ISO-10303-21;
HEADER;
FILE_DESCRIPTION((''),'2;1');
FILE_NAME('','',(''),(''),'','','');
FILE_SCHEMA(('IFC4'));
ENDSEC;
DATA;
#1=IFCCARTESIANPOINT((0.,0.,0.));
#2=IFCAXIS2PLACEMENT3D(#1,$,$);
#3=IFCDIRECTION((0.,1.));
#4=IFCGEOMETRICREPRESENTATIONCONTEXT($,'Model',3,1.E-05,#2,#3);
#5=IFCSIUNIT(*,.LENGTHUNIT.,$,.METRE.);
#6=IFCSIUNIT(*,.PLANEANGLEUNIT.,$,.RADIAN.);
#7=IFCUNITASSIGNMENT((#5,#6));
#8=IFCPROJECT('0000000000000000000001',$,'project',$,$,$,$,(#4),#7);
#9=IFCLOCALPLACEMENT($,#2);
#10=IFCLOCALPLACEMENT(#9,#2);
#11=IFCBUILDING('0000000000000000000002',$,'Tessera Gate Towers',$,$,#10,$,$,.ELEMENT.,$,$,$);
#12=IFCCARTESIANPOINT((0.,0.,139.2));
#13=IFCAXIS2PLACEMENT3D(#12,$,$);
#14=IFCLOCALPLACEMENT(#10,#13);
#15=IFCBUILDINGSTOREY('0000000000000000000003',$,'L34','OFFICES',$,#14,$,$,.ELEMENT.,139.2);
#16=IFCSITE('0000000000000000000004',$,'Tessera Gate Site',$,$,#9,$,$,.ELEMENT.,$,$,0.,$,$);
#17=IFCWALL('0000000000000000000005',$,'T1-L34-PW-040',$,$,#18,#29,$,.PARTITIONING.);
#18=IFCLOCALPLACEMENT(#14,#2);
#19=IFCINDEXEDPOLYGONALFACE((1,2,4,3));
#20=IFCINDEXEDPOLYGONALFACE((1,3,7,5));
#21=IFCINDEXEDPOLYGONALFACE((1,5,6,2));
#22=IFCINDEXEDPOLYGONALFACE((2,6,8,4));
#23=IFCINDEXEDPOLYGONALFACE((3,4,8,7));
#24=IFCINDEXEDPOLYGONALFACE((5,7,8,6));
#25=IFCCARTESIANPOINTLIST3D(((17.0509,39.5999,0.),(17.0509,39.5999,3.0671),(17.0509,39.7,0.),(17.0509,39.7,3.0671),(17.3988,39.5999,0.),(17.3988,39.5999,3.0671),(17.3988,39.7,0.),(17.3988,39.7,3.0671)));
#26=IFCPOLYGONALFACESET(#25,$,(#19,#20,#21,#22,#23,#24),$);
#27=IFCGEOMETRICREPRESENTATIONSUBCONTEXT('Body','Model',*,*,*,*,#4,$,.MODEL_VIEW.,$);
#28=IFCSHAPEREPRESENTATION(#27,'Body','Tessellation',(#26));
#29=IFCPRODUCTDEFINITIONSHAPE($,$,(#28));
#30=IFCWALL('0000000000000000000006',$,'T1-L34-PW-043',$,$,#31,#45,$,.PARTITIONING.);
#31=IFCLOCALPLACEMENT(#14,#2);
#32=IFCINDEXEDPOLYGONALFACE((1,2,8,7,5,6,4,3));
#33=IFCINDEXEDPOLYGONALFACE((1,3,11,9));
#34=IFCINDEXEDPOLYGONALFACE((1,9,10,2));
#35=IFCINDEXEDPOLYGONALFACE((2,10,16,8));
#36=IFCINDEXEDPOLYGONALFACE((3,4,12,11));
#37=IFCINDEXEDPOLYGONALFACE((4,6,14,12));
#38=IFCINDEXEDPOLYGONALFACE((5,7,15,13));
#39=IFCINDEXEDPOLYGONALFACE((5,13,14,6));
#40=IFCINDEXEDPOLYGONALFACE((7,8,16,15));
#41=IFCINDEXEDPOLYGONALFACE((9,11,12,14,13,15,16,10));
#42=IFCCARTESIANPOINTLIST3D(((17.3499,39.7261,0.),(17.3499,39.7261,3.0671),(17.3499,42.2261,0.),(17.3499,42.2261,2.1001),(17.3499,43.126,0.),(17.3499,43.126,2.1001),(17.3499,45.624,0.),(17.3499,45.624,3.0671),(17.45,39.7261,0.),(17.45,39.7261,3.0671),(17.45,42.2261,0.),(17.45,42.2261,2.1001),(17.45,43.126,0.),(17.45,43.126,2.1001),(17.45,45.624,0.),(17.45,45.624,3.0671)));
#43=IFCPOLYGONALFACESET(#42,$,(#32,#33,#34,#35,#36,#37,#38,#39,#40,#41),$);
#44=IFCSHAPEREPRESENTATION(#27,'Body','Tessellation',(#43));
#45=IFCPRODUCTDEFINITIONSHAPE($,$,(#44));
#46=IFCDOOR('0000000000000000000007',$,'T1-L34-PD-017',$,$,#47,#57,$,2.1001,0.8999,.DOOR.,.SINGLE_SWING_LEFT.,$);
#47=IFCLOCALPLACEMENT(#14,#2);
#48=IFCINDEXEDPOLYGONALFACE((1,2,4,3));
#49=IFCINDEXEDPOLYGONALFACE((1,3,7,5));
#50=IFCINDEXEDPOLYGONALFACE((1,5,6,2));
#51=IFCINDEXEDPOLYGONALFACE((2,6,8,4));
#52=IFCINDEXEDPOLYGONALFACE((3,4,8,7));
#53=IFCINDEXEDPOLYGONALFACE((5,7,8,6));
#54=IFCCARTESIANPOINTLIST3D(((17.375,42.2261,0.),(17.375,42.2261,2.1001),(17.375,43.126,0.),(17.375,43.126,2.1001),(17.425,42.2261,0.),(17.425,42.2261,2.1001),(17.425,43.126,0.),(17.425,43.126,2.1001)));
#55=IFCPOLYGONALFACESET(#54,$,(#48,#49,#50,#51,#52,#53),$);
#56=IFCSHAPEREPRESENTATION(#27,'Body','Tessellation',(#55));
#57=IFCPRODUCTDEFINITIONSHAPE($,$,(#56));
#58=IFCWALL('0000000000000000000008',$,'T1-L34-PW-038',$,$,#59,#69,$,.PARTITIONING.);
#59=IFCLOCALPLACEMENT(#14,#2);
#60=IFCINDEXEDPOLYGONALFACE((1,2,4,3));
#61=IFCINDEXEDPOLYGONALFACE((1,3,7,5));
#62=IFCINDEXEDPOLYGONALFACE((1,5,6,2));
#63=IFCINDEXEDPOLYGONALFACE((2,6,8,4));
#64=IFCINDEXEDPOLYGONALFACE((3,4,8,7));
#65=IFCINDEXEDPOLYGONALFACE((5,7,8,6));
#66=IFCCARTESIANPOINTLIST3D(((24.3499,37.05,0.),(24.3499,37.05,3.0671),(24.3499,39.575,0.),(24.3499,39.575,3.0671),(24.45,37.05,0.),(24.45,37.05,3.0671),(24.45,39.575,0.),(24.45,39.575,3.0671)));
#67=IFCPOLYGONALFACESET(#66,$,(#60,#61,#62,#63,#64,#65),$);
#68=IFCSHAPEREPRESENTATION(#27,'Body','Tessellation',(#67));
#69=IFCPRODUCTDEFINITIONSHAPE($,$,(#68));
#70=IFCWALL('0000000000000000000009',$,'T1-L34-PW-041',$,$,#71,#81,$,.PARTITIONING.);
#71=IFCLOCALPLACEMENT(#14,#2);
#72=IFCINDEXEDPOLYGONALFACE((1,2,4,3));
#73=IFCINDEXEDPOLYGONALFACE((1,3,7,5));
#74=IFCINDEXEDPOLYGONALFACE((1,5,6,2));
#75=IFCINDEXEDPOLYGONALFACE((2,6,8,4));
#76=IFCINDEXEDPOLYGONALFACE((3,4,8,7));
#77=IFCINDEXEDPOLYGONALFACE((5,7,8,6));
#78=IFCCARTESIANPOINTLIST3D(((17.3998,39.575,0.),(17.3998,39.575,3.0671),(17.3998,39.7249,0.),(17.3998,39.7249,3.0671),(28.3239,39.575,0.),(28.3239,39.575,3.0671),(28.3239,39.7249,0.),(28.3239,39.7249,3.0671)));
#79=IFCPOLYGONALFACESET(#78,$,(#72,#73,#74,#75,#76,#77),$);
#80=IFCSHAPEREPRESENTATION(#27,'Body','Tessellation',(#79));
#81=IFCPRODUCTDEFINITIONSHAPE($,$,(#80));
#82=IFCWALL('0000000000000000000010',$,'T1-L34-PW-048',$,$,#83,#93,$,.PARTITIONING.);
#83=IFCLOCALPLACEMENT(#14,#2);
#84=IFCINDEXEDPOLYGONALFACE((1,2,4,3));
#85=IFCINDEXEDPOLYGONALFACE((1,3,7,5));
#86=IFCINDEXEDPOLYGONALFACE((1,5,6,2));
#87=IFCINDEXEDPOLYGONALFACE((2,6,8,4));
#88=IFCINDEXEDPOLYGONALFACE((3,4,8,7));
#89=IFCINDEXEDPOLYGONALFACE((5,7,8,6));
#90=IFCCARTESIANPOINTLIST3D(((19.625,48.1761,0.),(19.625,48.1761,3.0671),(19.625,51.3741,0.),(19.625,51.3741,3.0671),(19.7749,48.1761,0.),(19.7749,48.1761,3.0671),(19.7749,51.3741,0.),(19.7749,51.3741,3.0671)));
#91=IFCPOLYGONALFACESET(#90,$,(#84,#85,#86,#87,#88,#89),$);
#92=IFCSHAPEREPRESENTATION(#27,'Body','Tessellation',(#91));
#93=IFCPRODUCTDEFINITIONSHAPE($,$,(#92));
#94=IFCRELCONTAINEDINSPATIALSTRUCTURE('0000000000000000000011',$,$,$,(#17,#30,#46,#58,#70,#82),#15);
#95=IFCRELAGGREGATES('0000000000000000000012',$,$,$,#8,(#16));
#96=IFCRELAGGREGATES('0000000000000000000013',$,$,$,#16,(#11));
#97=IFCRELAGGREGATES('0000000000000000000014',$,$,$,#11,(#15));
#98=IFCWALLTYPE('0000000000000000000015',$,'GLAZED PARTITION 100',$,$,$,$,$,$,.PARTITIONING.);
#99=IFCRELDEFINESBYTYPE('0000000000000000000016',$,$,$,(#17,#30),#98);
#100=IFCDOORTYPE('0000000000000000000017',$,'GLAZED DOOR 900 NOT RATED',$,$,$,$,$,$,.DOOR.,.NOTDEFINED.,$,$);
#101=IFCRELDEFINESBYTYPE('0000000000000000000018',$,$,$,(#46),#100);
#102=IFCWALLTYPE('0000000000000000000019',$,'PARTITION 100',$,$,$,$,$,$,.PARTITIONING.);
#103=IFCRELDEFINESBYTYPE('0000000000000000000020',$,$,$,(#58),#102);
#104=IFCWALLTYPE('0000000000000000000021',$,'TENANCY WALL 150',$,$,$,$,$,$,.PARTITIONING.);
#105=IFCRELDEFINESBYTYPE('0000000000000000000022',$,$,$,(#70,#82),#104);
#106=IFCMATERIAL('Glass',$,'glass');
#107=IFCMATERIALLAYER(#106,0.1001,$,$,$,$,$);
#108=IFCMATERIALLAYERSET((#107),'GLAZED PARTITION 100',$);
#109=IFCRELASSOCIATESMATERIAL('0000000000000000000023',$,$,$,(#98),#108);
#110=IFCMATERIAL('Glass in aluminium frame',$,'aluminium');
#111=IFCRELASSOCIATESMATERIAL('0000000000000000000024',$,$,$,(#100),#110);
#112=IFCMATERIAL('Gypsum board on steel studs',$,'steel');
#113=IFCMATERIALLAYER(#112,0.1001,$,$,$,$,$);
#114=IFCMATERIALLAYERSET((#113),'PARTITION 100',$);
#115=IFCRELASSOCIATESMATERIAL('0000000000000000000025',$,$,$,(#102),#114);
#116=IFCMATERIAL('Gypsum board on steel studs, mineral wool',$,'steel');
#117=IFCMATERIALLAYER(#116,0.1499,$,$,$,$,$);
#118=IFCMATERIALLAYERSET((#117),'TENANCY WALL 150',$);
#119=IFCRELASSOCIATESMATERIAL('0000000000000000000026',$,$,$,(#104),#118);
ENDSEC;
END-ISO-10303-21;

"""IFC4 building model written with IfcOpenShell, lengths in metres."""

from ifc_helpers import new_model, si_unit, direction, frame, frame_2d, origin, place, context, subcontext, project, spatial, rectangle, extrude, source, transform, mapped, material, layer, layer_set, type_object, element, fill, save


model = new_model("IFC4")

# Units and contexts
model_context = context("Model", 3, precision=1e-05, world=origin(), true_north=direction((0.0, 1.0)))
body_context = subcontext(model_context, "Body", "Model", "MODEL_VIEW")
ifc_project = project(units=[si_unit("LENGTHUNIT", "METRE"), si_unit("PLANEANGLEUNIT", "RADIAN")], contexts=[model_context])

# Site, building, storey
site_placement = place(None, origin())
site = spatial("IfcSite", under=ifc_project, at=site_placement, Name="Tessera Gate Site", CompositionType="ELEMENT", RefElevation=0.0)
building_placement = place(site_placement, origin())
building = spatial("IfcBuilding", under=site, at=building_placement, Name="Tessera Gate Towers", CompositionType="ELEMENT")
storey_placement = place(building_placement, frame((0.0, 0.0, 139.2)))
storey = spatial("IfcBuildingStorey", under=building, at=storey_placement, Name="L34", Description="OFFICES", CompositionType="ELEMENT", Elevation=139.2)

# Shared definitions
shared_shape_1 = source(origin(), body_context, "Body", "SweptSolid", [
    extrude(rectangle(XDim=0.8999, YDim=2.1001, at=frame_2d((0.45, 1.05))), frame((0.0, 0.0249, 0.0), z_axis=(0.0, -1.0, 0.0), x_axis=(1.0, 0.0, 0.0)), (0.0, 0.0, 1.0), 0.05),
])

# Wall
ifc_material_1 = material(Name="Glass", Category="glass")
ifc_layer_1 = layer(ifc_material_1, 0.1001)
ifc_layer_set_1 = layer_set([ifc_layer_1], Name="GLAZED PARTITION 100")
wall_type_1 = type_object("IfcWallType", Name="GLAZED PARTITION 100", PredefinedType="PARTITIONING", material=ifc_layer_set_1)
wall_1_placement = place(storey_placement, frame((17.051, 39.6499, 0.0), z_axis=(0.0, 0.0, 1.0), x_axis=(1.0, 0.0, 0.0)))
element("IfcWall", 1, at=wall_1_placement, inside=storey, type_object=wall_type_1, Name="T1-L34-PW-040", PredefinedType="PARTITIONING", context=body_context, shape_type="SweptSolid", body=[
    extrude(rectangle(XDim=0.3479, YDim=0.1001, at=frame_2d((0.1738, 0.0))), origin(), (0.0, 0.0, 1.0), 3.0671),
])

# Wall, opening, door
wall_2_placement = place(storey_placement, frame((17.3999, 39.7261, 0.0), z_axis=(0.0, 0.0, 1.0), x_axis=(0.0, 1.0, 0.0)))
wall_2 = element("IfcWall", 2, at=wall_2_placement, inside=storey, type_object=wall_type_1, Name="T1-L34-PW-043", PredefinedType="PARTITIONING", context=body_context, shape_type="SweptSolid", body=[
    extrude(rectangle(XDim=5.8979, YDim=0.1001, at=frame_2d((2.949, 0.0))), origin(), (0.0, 0.0, 1.0), 3.0671),
])
shared_shape_2 = source(origin(), body_context, "Body", "SweptSolid", [
    extrude(rectangle(XDim=0.8999, YDim=2.1001, at=frame_2d((0.45, 1.05))), frame((0.0, 0.0601, 0.0), z_axis=(0.0, -1.0, 0.0), x_axis=(1.0, 0.0, 0.0)), (0.0, 0.0, 1.0), 0.1201),
])
opening_1_placement = place(wall_2_placement, frame((2.5, 0.0, 0.0)))
opening_1 = element("IfcOpeningElement", 3, at=opening_1_placement, cuts=wall_2, PredefinedType="OPENING", context=body_context, shape_type="MappedRepresentation", body=[
    mapped(shared_shape_2, transform((0.0, 0.0, 0.0), scale=1.0)),
])
ifc_material_2 = material(Name="Glass in aluminium frame", Category="aluminium")
door_type_1 = type_object("IfcDoorType", Name="GLAZED DOOR 900 NOT RATED", OperationType="NOTDEFINED", PredefinedType="DOOR", material=ifc_material_2)
door_1_placement = place(opening_1_placement, origin())
door_1 = element("IfcDoor", 4, at=door_1_placement, inside=storey, type_object=door_type_1, Name="T1-L34-PD-017", OperationType="SINGLE_SWING_LEFT", OverallHeight=2.1001, OverallWidth=0.8999, PredefinedType="DOOR", context=body_context, shape_type="MappedRepresentation", body=[
    mapped(shared_shape_1, transform((0.0, 0.0, 0.0), scale=1.0)),
])
fill(opening_1, door_1)

# Walls
ifc_material_3 = material(Name="Gypsum board on steel studs", Category="steel")
ifc_layer_2 = layer(ifc_material_3, 0.1001)
ifc_layer_set_2 = layer_set([ifc_layer_2], Name="PARTITION 100")
wall_type_2 = type_object("IfcWallType", Name="PARTITION 100", PredefinedType="PARTITIONING", material=ifc_layer_set_2)
wall_3_placement = place(storey_placement, frame((24.3999, 37.05, 0.0), z_axis=(0.0, 0.0, 1.0), x_axis=(0.0, 1.0, 0.0)))
element("IfcWall", 5, at=wall_3_placement, inside=storey, type_object=wall_type_2, Name="T1-L34-PW-038", PredefinedType="PARTITIONING", context=body_context, shape_type="SweptSolid", body=[
    extrude(rectangle(XDim=2.5249, YDim=0.1001, at=frame_2d((1.2625, 0.0))), origin(), (0.0, 0.0, 1.0), 3.0671),
])
ifc_material_4 = material(Name="Gypsum board on steel studs, mineral wool", Category="steel")
ifc_layer_3 = layer(ifc_material_4, 0.1499)
ifc_layer_set_3 = layer_set([ifc_layer_3], Name="TENANCY WALL 150")
wall_type_3 = type_object("IfcWallType", Name="TENANCY WALL 150", PredefinedType="PARTITIONING", material=ifc_layer_set_3)
wall_4_placement = place(storey_placement, frame((17.3999, 39.6499, 0.0), z_axis=(0.0, 0.0, 1.0), x_axis=(1.0, 0.0, 0.0)))
element("IfcWall", 6, at=wall_4_placement, inside=storey, type_object=wall_type_3, Name="T1-L34-PW-041", PredefinedType="PARTITIONING", context=body_context, shape_type="SweptSolid", body=[
    extrude(rectangle(XDim=10.9241, YDim=0.1499, at=frame_2d((5.4619, 0.0))), origin(), (0.0, 0.0, 1.0), 3.0671),
])
wall_5_placement = place(storey_placement, frame((19.7, 48.176, 0.0), z_axis=(0.0, 0.0, 1.0), x_axis=(0.0, 1.0, 0.0)))
element("IfcWall", 7, at=wall_5_placement, inside=storey, type_object=wall_type_3, Name="T1-L34-PW-048", PredefinedType="PARTITIONING", context=body_context, shape_type="SweptSolid", body=[
    extrude(rectangle(XDim=3.198, YDim=0.1499, at=frame_2d((1.5991, 0.0))), origin(), (0.0, 0.0, 1.0), 3.0671),
])

save(model, "model.ifc")
